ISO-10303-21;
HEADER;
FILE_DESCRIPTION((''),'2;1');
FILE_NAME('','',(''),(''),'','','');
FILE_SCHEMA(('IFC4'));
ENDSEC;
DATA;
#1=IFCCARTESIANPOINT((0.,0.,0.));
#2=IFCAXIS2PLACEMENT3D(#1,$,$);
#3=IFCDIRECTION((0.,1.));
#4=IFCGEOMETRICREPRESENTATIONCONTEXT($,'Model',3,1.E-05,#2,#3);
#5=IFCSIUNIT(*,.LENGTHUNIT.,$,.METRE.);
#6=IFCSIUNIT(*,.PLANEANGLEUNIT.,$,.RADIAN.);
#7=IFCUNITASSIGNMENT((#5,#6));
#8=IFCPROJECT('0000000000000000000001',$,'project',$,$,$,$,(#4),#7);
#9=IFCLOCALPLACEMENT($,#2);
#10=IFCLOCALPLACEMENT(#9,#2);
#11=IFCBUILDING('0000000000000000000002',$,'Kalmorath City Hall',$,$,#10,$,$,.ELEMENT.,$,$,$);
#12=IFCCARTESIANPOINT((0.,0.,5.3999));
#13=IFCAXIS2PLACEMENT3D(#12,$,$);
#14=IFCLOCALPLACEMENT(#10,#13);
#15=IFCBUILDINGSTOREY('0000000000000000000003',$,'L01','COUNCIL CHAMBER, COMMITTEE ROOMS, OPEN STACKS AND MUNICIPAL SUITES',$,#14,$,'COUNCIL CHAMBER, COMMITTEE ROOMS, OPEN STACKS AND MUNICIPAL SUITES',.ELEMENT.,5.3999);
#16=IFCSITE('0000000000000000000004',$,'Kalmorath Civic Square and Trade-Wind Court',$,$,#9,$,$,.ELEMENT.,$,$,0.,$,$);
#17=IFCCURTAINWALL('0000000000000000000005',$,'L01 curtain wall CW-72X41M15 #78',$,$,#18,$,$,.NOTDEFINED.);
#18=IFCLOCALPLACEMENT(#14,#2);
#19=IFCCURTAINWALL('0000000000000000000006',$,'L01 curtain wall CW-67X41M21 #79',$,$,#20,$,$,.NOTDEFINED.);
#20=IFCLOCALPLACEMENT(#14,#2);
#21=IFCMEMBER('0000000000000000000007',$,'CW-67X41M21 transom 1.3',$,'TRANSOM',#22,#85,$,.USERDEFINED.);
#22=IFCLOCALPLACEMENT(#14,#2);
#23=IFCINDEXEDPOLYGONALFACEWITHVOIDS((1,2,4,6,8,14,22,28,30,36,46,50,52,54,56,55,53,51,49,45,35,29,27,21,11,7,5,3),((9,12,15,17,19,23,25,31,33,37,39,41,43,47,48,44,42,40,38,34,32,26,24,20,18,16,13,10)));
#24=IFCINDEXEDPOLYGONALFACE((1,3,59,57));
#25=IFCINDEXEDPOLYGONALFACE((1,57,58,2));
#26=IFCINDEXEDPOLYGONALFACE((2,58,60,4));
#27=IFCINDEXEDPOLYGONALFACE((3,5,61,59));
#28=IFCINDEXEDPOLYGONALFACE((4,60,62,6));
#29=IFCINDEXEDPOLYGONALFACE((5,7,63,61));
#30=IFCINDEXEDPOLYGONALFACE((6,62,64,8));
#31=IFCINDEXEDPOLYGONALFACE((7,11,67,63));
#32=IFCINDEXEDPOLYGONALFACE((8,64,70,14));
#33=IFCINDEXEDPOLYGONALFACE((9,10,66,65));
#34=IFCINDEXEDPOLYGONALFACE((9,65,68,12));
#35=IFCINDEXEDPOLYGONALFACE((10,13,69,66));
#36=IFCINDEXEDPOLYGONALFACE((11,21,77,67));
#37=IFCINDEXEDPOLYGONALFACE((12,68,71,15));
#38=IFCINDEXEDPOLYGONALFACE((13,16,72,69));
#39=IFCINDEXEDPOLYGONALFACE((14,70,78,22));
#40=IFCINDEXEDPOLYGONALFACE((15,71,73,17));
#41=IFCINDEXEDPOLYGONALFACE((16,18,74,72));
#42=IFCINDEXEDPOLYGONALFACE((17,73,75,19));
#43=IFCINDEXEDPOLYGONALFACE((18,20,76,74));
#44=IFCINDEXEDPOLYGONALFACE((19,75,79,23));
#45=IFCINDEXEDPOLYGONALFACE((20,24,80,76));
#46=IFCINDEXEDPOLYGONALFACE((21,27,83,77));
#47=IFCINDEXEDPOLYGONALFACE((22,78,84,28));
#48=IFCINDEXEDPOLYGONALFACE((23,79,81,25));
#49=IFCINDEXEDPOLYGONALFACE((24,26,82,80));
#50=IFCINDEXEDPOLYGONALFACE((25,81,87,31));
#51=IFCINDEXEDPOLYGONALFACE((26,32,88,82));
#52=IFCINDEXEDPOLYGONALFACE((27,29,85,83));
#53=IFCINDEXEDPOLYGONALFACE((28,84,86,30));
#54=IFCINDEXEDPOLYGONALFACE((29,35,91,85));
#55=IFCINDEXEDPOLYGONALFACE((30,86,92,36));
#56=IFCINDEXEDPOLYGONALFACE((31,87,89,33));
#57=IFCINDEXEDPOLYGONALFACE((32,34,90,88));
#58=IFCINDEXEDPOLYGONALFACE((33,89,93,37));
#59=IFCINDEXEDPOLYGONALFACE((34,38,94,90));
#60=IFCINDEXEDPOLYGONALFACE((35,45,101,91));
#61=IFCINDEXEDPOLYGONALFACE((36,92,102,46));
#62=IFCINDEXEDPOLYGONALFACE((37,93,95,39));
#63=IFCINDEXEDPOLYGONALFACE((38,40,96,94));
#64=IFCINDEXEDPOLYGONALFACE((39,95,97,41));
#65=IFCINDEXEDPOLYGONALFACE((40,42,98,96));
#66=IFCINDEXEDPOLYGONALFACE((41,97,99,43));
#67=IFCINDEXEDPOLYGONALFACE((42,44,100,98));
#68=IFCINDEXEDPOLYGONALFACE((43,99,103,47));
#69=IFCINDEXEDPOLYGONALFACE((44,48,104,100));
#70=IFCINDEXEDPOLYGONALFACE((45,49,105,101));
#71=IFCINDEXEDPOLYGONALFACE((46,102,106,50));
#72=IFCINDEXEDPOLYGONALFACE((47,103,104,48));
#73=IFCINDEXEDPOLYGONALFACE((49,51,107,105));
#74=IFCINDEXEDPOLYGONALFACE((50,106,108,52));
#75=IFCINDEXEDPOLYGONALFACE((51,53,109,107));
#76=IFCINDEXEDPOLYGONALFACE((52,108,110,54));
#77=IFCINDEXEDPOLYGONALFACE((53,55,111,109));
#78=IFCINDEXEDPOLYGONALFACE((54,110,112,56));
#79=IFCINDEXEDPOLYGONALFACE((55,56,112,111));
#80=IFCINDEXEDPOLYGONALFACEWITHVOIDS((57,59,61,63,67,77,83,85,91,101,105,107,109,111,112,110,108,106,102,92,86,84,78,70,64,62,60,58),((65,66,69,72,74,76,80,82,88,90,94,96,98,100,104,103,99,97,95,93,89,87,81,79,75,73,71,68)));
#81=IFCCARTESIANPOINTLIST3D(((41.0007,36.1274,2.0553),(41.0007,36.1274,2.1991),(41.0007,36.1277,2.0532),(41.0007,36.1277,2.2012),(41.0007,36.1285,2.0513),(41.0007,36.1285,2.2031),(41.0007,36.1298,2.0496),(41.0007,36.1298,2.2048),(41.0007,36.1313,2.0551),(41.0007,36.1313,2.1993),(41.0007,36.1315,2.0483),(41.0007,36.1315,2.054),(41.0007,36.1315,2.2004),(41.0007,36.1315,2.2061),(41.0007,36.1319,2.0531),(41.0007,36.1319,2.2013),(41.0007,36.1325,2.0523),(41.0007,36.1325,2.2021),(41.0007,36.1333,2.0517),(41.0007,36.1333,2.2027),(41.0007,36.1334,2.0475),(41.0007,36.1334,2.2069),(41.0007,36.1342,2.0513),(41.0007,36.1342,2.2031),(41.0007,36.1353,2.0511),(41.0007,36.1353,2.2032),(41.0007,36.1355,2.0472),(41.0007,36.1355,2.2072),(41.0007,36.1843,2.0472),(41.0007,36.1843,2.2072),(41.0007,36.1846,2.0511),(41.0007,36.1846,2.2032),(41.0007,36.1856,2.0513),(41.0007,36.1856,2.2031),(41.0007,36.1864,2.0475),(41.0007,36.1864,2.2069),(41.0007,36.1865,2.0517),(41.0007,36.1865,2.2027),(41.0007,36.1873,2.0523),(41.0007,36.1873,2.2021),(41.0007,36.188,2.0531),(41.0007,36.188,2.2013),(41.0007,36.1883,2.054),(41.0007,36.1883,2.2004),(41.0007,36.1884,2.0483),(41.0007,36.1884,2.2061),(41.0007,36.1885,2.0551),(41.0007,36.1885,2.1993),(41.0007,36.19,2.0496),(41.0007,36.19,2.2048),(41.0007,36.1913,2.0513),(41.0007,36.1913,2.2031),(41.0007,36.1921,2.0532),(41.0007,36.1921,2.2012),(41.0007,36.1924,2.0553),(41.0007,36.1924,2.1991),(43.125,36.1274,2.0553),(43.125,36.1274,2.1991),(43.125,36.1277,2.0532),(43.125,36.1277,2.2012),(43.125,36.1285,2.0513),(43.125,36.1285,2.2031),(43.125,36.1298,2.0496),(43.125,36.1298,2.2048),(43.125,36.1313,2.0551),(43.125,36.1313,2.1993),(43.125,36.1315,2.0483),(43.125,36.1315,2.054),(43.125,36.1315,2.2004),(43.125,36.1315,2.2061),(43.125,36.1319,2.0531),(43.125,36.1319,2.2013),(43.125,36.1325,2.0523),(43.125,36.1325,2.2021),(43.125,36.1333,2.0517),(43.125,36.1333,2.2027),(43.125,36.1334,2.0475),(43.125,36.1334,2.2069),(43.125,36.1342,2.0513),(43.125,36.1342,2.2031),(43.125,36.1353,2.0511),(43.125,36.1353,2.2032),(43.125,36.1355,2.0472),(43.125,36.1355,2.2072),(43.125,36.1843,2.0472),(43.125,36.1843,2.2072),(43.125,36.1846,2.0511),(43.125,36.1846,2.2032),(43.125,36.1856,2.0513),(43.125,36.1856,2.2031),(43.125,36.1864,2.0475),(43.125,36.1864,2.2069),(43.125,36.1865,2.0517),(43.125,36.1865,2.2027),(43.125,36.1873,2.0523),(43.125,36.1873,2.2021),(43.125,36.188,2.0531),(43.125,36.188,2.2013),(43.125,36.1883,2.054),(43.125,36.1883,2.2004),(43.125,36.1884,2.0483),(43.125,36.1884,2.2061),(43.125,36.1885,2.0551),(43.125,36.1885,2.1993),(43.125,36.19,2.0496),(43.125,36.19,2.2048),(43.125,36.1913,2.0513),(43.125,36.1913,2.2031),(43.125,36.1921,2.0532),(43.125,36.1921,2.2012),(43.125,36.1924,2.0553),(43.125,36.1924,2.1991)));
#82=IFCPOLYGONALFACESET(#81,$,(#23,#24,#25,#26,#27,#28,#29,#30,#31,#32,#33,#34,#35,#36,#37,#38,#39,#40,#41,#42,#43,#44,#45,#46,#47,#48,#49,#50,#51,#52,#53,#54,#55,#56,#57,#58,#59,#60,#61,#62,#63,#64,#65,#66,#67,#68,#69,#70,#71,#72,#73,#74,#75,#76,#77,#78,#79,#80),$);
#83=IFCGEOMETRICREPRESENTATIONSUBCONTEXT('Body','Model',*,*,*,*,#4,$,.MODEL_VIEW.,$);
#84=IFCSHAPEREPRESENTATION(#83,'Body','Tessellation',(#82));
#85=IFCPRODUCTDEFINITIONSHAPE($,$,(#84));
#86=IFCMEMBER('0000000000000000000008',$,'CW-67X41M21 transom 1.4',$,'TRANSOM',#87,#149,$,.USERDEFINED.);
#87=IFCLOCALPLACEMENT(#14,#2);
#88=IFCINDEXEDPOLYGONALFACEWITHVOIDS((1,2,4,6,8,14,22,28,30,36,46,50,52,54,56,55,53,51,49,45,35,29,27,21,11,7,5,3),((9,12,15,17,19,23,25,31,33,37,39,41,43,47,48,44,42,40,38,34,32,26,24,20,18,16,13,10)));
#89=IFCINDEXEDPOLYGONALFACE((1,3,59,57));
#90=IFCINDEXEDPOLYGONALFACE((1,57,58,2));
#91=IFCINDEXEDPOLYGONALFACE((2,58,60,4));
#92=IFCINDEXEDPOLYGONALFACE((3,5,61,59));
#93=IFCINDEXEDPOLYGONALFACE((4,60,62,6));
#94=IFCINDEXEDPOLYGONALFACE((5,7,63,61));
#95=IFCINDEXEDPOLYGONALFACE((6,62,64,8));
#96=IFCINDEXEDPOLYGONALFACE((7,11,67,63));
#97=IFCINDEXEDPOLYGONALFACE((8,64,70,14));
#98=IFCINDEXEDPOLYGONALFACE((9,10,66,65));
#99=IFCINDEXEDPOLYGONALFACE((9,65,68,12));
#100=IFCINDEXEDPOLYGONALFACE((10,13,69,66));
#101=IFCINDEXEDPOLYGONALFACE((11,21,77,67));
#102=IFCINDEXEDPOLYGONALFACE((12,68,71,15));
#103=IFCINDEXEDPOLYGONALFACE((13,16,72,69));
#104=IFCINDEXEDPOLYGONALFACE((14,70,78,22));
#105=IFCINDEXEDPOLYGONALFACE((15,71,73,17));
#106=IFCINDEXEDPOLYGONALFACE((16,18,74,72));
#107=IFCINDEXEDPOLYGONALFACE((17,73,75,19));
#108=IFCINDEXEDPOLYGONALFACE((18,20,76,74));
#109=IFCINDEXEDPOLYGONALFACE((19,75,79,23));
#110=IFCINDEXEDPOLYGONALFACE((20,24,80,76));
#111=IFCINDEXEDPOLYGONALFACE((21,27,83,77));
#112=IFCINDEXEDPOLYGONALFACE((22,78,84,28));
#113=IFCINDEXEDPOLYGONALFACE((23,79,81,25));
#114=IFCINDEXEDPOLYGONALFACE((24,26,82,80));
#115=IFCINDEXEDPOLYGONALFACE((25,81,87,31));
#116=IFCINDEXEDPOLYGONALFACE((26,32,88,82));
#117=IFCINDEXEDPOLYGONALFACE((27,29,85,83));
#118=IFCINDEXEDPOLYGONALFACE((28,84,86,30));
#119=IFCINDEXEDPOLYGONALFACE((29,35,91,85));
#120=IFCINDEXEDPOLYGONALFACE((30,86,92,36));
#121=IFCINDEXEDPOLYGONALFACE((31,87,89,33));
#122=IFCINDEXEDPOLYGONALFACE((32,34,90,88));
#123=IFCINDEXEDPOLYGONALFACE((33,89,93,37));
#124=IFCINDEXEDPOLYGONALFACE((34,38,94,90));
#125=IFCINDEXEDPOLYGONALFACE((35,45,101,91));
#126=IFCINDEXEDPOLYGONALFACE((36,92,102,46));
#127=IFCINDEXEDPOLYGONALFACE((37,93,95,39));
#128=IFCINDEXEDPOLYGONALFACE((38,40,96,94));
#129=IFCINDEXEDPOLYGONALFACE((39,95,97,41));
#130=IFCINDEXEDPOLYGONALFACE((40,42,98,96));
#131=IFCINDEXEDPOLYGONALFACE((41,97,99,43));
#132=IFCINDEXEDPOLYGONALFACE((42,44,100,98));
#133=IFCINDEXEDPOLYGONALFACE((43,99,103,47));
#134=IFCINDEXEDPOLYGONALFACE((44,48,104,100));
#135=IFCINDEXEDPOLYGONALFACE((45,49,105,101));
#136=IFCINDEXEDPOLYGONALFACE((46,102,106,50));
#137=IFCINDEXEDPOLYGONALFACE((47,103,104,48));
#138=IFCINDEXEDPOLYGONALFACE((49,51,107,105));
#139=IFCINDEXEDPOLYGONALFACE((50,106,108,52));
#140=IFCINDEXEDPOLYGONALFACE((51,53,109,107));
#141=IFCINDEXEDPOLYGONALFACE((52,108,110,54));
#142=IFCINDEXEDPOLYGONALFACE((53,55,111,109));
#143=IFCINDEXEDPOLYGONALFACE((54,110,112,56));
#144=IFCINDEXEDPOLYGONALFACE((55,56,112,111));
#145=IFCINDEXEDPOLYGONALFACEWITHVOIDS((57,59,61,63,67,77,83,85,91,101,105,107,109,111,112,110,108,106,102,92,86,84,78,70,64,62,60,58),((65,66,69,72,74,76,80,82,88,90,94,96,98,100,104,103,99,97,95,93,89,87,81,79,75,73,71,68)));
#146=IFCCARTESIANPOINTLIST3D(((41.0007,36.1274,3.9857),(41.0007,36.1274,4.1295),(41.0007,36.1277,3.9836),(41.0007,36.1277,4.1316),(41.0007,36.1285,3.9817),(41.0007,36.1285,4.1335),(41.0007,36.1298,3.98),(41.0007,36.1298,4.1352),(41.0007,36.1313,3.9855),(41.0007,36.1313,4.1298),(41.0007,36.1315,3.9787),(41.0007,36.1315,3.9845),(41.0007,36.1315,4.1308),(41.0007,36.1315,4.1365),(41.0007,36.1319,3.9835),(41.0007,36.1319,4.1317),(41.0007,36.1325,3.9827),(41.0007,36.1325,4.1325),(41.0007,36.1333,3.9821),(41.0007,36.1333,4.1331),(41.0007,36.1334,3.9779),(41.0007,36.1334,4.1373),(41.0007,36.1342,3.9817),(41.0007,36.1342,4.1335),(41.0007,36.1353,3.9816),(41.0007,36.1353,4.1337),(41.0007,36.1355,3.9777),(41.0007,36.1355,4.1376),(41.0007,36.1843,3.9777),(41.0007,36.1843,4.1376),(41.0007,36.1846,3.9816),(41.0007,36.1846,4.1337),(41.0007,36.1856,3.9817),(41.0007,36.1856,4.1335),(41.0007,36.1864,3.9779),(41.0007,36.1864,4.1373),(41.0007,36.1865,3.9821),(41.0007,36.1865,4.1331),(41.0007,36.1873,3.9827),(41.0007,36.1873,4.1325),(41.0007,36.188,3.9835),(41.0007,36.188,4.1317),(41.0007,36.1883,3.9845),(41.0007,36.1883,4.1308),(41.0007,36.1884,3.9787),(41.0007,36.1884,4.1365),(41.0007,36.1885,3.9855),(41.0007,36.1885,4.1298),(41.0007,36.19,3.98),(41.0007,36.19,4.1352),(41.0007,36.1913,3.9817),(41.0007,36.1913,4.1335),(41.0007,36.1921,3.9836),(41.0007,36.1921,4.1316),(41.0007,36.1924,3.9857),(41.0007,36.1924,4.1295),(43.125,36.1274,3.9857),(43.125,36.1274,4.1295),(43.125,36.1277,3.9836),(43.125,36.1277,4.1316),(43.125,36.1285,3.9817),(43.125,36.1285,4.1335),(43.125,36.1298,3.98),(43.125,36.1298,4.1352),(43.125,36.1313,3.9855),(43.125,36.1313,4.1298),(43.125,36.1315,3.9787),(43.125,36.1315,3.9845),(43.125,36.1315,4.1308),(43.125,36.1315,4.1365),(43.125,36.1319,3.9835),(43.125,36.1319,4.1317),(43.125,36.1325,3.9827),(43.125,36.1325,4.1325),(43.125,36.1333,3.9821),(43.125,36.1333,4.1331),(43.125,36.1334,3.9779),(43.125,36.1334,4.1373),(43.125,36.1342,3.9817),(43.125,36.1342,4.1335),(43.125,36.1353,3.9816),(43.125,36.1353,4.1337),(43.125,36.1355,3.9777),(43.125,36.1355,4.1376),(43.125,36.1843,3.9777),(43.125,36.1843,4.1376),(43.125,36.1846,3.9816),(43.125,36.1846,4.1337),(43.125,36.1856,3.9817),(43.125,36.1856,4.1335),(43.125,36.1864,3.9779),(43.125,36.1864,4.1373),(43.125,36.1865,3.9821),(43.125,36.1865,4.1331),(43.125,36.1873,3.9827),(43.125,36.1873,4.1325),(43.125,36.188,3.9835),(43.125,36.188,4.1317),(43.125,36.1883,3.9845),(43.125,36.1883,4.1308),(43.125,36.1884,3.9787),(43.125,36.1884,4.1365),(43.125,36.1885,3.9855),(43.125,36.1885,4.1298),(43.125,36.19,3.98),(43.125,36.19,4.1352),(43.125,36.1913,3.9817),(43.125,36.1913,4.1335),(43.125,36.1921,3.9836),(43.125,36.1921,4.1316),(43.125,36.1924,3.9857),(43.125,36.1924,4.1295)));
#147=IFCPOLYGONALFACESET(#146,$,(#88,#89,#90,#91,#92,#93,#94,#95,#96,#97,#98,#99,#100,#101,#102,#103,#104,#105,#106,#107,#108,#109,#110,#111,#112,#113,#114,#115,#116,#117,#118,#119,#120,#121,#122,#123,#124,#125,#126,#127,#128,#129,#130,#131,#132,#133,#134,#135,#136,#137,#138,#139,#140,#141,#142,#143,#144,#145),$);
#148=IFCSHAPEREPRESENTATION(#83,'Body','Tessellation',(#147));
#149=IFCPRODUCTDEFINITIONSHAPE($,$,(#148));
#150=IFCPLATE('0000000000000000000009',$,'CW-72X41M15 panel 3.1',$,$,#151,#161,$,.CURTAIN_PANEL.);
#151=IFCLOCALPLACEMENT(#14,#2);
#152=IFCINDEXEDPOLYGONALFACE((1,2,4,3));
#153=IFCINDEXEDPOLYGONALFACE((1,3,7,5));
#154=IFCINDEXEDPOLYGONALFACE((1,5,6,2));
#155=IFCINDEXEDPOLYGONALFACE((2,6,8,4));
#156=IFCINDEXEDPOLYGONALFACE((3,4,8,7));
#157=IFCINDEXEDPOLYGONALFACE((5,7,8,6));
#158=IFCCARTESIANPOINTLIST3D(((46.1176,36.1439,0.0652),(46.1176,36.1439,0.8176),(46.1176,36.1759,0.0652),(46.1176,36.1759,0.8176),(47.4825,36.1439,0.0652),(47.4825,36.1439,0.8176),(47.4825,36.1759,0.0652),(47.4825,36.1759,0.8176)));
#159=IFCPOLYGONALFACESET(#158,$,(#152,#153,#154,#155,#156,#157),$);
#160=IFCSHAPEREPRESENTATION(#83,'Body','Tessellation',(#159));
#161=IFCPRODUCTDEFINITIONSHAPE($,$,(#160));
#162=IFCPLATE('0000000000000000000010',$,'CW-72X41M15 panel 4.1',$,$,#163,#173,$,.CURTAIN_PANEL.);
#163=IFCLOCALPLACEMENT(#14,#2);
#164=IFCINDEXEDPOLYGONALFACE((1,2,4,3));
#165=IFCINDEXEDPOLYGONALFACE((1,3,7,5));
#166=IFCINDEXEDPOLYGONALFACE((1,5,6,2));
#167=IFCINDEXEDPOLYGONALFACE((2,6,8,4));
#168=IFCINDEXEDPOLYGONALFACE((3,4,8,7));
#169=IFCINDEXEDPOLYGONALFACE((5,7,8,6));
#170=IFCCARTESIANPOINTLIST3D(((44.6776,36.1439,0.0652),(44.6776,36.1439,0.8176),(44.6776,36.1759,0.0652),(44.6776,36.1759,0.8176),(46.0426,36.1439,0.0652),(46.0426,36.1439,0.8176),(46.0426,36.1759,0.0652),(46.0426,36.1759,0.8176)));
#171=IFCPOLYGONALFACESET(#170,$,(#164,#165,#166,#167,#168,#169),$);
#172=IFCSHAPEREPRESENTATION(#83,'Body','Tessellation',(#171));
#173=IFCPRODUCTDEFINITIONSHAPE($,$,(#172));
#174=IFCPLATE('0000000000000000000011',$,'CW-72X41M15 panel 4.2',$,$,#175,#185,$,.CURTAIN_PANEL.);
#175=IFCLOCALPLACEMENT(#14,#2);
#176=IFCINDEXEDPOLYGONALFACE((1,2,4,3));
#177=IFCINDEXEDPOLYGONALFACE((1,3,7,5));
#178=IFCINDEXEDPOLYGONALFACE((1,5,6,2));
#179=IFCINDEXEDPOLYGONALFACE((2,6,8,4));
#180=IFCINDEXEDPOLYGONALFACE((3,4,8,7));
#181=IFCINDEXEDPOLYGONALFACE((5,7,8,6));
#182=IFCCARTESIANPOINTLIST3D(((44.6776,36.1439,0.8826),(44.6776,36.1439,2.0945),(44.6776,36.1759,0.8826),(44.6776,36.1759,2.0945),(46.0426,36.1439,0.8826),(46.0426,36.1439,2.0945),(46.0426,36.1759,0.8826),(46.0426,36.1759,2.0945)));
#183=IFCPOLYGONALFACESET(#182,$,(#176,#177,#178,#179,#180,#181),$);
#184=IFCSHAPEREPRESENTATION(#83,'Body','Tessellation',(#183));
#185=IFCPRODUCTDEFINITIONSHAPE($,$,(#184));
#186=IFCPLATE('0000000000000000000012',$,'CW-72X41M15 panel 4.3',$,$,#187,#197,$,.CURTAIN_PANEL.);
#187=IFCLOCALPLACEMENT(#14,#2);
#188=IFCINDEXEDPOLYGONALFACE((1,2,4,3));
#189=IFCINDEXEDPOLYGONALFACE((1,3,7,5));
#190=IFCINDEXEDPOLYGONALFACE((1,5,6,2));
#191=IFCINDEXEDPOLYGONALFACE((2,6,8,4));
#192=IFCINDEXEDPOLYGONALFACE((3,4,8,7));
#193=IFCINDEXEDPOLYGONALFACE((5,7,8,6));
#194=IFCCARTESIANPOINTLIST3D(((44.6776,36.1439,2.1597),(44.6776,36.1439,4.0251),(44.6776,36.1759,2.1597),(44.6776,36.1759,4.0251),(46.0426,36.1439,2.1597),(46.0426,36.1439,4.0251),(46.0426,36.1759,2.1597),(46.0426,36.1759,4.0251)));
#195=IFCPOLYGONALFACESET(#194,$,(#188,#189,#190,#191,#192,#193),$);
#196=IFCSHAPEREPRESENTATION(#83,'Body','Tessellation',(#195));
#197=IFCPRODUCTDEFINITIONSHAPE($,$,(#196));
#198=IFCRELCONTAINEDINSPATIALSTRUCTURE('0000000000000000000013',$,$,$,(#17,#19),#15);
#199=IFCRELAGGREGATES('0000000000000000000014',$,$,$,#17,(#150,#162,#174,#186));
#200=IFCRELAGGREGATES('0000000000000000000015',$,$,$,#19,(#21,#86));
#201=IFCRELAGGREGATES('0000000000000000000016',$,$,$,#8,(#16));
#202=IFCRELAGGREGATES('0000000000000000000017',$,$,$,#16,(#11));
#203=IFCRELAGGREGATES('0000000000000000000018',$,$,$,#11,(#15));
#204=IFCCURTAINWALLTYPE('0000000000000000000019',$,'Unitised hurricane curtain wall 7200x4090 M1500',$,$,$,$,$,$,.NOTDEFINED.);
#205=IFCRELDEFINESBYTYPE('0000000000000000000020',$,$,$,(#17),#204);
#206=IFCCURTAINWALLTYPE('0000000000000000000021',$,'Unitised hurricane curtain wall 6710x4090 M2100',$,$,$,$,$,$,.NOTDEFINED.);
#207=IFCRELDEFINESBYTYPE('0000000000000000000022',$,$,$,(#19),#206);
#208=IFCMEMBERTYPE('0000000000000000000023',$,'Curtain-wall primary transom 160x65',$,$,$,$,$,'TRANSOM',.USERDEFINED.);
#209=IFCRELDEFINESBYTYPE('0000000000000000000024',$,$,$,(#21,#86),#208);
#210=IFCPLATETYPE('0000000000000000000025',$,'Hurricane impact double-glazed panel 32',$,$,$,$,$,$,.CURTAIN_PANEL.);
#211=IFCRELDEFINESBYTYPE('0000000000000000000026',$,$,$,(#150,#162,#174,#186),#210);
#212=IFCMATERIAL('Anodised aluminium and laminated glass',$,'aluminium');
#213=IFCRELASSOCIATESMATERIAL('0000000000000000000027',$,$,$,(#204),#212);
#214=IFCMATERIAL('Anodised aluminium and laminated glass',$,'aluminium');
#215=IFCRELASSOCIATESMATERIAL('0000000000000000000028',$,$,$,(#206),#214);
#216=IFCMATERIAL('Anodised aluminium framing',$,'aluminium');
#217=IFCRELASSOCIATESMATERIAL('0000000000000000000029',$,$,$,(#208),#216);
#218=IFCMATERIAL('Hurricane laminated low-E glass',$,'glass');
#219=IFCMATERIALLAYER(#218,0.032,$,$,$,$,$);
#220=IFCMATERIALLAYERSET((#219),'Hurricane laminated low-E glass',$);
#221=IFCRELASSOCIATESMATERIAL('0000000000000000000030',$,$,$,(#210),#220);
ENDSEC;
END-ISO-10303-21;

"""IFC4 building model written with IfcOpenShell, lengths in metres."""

from ifc_helpers import new_model, si_unit, direction, frame, origin, origin_2d, place, context, subcontext, project, spatial, rectangle, hollow_rectangle, extrude, material, layer, layer_set, material_profile, profile_set, type_object, element, aggregate, save


model = new_model("IFC4")

# Units and contexts
model_context = context("Model", 3, precision=1e-05, world=origin(), true_north=direction((0.0, 1.0)))
body_context = subcontext(model_context, "Body", "Model", "MODEL_VIEW")
ifc_project = project(units=[si_unit("LENGTHUNIT", "METRE"), si_unit("PLANEANGLEUNIT", "RADIAN")], contexts=[model_context])

# Site, building, storey
site_placement = place(None, origin())
site = spatial("IfcSite", under=ifc_project, at=site_placement, Name="Kalmorath Civic Square and Trade-Wind Court", CompositionType="ELEMENT", RefElevation=0.0)
building_placement = place(site_placement, origin())
building = spatial("IfcBuilding", under=site, at=building_placement, Name="Kalmorath City Hall", CompositionType="ELEMENT")
storey_placement = place(building_placement, frame((0.0, 0.0, 5.3999)))
storey = spatial("IfcBuildingStorey", under=building, at=storey_placement, Name="L01", Description="COUNCIL CHAMBER, COMMITTEE ROOMS, OPEN STACKS AND MUNICIPAL SUITES", LongName="COUNCIL CHAMBER, COMMITTEE ROOMS, OPEN STACKS AND MUNICIPAL SUITES", CompositionType="ELEMENT", Elevation=5.3999)

# Curtain wall
ifc_material_1 = material(Name="Anodised aluminium and laminated glass", Category="aluminium")
curtain_wall_type_1 = type_object("IfcCurtainWallType", Name="Unitised hurricane curtain wall 7200x4090 M1500", PredefinedType="NOTDEFINED", material=ifc_material_1)
curtain_wall_1_placement = place(storey_placement, origin())
curtain_wall_1 = element("IfcCurtainWall", 1, at=curtain_wall_1_placement, inside=storey, type_object=curtain_wall_type_1, Name="L01 curtain wall CW-72X41M15 #78", PredefinedType="NOTDEFINED")

# Curtain wall
ifc_material_2 = material(Name="Anodised aluminium and laminated glass", Category="aluminium")
curtain_wall_type_2 = type_object("IfcCurtainWallType", Name="Unitised hurricane curtain wall 6710x4090 M2100", PredefinedType="NOTDEFINED", material=ifc_material_2)
curtain_wall_2_placement = place(storey_placement, origin())
curtain_wall_2 = element("IfcCurtainWall", 2, at=curtain_wall_2_placement, inside=storey, type_object=curtain_wall_type_2, Name="L01 curtain wall CW-67X41M21 #79", PredefinedType="NOTDEFINED")

# Members
ifc_material_3 = material(Name="Anodised aluminium framing", Category="aluminium")
ifc_material_profile_1 = material_profile(ifc_material_3, hollow_rectangle(XDim=0.0649, YDim=0.1599, WallThickness=0.0039, InnerFilletRadius=0.0039, OuterFilletRadius=0.0081, at=origin_2d()), Name="ALU-TRN-160X65X4")
ifc_profile_set_1 = profile_set([ifc_material_profile_1], Name="Anodised aluminium framing")
member_type_1 = type_object("IfcMemberType", Name="Curtain-wall primary transom 160x65", ElementType="TRANSOM", PredefinedType="USERDEFINED", material=ifc_profile_set_1)
member_1_placement = place(storey_placement, frame((43.125, 36.1599, 2.1272), z_axis=(-1.0, 0.0, 0.0), x_axis=(0.0, -1.0, 0.0)))
member_1 = element("IfcMember", 3, at=member_1_placement, type_object=member_type_1, Name="CW-67X41M21 transom 1.3", ObjectType="TRANSOM", PredefinedType="USERDEFINED", context=body_context, shape_type="SweptSolid", body=[
    extrude(hollow_rectangle(XDim=0.0649, YDim=0.1599, WallThickness=0.0039, InnerFilletRadius=0.0039, OuterFilletRadius=0.0081, at=origin_2d()), origin(), (0.0, 0.0, 1.0), 2.1243),
])
member_2_placement = place(storey_placement, frame((43.125, 36.1599, 4.0576), z_axis=(-1.0, 0.0, 0.0), x_axis=(0.0, -1.0, 0.0)))
member_2 = element("IfcMember", 4, at=member_2_placement, type_object=member_type_1, Name="CW-67X41M21 transom 1.4", ObjectType="TRANSOM", PredefinedType="USERDEFINED", context=body_context, shape_type="SweptSolid", body=[
    extrude(hollow_rectangle(XDim=0.0649, YDim=0.1599, WallThickness=0.0039, InnerFilletRadius=0.0039, OuterFilletRadius=0.0081, at=origin_2d()), origin(), (0.0, 0.0, 1.0), 2.1243),
])

# Plates
ifc_material_4 = material(Name="Hurricane laminated low-E glass", Category="glass")
ifc_layer = layer(ifc_material_4, 0.032)
ifc_layer_set = layer_set([ifc_layer], Name="Hurricane laminated low-E glass")
plate_type = type_object("IfcPlateType", Name="Hurricane impact double-glazed panel 32", PredefinedType="CURTAIN_PANEL", material=ifc_layer_set)
plate_1_placement = place(storey_placement, frame((46.8, 36.1599, 0.0652), z_axis=(0.0, 0.0, 1.0), x_axis=(-1.0, 0.0, 0.0)))
plate_1 = element("IfcPlate", 5, at=plate_1_placement, type_object=plate_type, Name="CW-72X41M15 panel 3.1", PredefinedType="CURTAIN_PANEL", context=body_context, shape_type="SweptSolid", body=[
    extrude(rectangle(XDim=1.365, YDim=0.032, at=origin_2d()), origin(), (0.0, 0.0, 1.0), 0.7524),
])
plate_2_placement = place(storey_placement, frame((45.3601, 36.1599, 0.0652), z_axis=(0.0, 0.0, 1.0), x_axis=(-1.0, 0.0, 0.0)))
plate_2 = element("IfcPlate", 6, at=plate_2_placement, type_object=plate_type, Name="CW-72X41M15 panel 4.1", PredefinedType="CURTAIN_PANEL", context=body_context, shape_type="SweptSolid", body=[
    extrude(rectangle(XDim=1.365, YDim=0.032, at=origin_2d()), origin(), (0.0, 0.0, 1.0), 0.7524),
])
plate_3_placement = place(storey_placement, frame((45.3601, 36.1599, 0.8826), z_axis=(0.0, 0.0, 1.0), x_axis=(-1.0, 0.0, 0.0)))
plate_3 = element("IfcPlate", 7, at=plate_3_placement, type_object=plate_type, Name="CW-72X41M15 panel 4.2", PredefinedType="CURTAIN_PANEL", context=body_context, shape_type="SweptSolid", body=[
    extrude(rectangle(XDim=1.365, YDim=0.032, at=origin_2d()), origin(), (0.0, 0.0, 1.0), 1.2119),
])
plate_4_placement = place(storey_placement, frame((45.3601, 36.1599, 2.1597), z_axis=(0.0, 0.0, 1.0), x_axis=(-1.0, 0.0, 0.0)))
plate_4 = element("IfcPlate", 8, at=plate_4_placement, type_object=plate_type, Name="CW-72X41M15 panel 4.3", PredefinedType="CURTAIN_PANEL", context=body_context, shape_type="SweptSolid", body=[
    extrude(rectangle(XDim=1.365, YDim=0.032, at=origin_2d()), origin(), (0.0, 0.0, 1.0), 1.8655),
])
aggregate(curtain_wall_1, [plate_1, plate_2, plate_3, plate_4])
aggregate(curtain_wall_2, [member_1, member_2])

save(model, "model.ifc")
